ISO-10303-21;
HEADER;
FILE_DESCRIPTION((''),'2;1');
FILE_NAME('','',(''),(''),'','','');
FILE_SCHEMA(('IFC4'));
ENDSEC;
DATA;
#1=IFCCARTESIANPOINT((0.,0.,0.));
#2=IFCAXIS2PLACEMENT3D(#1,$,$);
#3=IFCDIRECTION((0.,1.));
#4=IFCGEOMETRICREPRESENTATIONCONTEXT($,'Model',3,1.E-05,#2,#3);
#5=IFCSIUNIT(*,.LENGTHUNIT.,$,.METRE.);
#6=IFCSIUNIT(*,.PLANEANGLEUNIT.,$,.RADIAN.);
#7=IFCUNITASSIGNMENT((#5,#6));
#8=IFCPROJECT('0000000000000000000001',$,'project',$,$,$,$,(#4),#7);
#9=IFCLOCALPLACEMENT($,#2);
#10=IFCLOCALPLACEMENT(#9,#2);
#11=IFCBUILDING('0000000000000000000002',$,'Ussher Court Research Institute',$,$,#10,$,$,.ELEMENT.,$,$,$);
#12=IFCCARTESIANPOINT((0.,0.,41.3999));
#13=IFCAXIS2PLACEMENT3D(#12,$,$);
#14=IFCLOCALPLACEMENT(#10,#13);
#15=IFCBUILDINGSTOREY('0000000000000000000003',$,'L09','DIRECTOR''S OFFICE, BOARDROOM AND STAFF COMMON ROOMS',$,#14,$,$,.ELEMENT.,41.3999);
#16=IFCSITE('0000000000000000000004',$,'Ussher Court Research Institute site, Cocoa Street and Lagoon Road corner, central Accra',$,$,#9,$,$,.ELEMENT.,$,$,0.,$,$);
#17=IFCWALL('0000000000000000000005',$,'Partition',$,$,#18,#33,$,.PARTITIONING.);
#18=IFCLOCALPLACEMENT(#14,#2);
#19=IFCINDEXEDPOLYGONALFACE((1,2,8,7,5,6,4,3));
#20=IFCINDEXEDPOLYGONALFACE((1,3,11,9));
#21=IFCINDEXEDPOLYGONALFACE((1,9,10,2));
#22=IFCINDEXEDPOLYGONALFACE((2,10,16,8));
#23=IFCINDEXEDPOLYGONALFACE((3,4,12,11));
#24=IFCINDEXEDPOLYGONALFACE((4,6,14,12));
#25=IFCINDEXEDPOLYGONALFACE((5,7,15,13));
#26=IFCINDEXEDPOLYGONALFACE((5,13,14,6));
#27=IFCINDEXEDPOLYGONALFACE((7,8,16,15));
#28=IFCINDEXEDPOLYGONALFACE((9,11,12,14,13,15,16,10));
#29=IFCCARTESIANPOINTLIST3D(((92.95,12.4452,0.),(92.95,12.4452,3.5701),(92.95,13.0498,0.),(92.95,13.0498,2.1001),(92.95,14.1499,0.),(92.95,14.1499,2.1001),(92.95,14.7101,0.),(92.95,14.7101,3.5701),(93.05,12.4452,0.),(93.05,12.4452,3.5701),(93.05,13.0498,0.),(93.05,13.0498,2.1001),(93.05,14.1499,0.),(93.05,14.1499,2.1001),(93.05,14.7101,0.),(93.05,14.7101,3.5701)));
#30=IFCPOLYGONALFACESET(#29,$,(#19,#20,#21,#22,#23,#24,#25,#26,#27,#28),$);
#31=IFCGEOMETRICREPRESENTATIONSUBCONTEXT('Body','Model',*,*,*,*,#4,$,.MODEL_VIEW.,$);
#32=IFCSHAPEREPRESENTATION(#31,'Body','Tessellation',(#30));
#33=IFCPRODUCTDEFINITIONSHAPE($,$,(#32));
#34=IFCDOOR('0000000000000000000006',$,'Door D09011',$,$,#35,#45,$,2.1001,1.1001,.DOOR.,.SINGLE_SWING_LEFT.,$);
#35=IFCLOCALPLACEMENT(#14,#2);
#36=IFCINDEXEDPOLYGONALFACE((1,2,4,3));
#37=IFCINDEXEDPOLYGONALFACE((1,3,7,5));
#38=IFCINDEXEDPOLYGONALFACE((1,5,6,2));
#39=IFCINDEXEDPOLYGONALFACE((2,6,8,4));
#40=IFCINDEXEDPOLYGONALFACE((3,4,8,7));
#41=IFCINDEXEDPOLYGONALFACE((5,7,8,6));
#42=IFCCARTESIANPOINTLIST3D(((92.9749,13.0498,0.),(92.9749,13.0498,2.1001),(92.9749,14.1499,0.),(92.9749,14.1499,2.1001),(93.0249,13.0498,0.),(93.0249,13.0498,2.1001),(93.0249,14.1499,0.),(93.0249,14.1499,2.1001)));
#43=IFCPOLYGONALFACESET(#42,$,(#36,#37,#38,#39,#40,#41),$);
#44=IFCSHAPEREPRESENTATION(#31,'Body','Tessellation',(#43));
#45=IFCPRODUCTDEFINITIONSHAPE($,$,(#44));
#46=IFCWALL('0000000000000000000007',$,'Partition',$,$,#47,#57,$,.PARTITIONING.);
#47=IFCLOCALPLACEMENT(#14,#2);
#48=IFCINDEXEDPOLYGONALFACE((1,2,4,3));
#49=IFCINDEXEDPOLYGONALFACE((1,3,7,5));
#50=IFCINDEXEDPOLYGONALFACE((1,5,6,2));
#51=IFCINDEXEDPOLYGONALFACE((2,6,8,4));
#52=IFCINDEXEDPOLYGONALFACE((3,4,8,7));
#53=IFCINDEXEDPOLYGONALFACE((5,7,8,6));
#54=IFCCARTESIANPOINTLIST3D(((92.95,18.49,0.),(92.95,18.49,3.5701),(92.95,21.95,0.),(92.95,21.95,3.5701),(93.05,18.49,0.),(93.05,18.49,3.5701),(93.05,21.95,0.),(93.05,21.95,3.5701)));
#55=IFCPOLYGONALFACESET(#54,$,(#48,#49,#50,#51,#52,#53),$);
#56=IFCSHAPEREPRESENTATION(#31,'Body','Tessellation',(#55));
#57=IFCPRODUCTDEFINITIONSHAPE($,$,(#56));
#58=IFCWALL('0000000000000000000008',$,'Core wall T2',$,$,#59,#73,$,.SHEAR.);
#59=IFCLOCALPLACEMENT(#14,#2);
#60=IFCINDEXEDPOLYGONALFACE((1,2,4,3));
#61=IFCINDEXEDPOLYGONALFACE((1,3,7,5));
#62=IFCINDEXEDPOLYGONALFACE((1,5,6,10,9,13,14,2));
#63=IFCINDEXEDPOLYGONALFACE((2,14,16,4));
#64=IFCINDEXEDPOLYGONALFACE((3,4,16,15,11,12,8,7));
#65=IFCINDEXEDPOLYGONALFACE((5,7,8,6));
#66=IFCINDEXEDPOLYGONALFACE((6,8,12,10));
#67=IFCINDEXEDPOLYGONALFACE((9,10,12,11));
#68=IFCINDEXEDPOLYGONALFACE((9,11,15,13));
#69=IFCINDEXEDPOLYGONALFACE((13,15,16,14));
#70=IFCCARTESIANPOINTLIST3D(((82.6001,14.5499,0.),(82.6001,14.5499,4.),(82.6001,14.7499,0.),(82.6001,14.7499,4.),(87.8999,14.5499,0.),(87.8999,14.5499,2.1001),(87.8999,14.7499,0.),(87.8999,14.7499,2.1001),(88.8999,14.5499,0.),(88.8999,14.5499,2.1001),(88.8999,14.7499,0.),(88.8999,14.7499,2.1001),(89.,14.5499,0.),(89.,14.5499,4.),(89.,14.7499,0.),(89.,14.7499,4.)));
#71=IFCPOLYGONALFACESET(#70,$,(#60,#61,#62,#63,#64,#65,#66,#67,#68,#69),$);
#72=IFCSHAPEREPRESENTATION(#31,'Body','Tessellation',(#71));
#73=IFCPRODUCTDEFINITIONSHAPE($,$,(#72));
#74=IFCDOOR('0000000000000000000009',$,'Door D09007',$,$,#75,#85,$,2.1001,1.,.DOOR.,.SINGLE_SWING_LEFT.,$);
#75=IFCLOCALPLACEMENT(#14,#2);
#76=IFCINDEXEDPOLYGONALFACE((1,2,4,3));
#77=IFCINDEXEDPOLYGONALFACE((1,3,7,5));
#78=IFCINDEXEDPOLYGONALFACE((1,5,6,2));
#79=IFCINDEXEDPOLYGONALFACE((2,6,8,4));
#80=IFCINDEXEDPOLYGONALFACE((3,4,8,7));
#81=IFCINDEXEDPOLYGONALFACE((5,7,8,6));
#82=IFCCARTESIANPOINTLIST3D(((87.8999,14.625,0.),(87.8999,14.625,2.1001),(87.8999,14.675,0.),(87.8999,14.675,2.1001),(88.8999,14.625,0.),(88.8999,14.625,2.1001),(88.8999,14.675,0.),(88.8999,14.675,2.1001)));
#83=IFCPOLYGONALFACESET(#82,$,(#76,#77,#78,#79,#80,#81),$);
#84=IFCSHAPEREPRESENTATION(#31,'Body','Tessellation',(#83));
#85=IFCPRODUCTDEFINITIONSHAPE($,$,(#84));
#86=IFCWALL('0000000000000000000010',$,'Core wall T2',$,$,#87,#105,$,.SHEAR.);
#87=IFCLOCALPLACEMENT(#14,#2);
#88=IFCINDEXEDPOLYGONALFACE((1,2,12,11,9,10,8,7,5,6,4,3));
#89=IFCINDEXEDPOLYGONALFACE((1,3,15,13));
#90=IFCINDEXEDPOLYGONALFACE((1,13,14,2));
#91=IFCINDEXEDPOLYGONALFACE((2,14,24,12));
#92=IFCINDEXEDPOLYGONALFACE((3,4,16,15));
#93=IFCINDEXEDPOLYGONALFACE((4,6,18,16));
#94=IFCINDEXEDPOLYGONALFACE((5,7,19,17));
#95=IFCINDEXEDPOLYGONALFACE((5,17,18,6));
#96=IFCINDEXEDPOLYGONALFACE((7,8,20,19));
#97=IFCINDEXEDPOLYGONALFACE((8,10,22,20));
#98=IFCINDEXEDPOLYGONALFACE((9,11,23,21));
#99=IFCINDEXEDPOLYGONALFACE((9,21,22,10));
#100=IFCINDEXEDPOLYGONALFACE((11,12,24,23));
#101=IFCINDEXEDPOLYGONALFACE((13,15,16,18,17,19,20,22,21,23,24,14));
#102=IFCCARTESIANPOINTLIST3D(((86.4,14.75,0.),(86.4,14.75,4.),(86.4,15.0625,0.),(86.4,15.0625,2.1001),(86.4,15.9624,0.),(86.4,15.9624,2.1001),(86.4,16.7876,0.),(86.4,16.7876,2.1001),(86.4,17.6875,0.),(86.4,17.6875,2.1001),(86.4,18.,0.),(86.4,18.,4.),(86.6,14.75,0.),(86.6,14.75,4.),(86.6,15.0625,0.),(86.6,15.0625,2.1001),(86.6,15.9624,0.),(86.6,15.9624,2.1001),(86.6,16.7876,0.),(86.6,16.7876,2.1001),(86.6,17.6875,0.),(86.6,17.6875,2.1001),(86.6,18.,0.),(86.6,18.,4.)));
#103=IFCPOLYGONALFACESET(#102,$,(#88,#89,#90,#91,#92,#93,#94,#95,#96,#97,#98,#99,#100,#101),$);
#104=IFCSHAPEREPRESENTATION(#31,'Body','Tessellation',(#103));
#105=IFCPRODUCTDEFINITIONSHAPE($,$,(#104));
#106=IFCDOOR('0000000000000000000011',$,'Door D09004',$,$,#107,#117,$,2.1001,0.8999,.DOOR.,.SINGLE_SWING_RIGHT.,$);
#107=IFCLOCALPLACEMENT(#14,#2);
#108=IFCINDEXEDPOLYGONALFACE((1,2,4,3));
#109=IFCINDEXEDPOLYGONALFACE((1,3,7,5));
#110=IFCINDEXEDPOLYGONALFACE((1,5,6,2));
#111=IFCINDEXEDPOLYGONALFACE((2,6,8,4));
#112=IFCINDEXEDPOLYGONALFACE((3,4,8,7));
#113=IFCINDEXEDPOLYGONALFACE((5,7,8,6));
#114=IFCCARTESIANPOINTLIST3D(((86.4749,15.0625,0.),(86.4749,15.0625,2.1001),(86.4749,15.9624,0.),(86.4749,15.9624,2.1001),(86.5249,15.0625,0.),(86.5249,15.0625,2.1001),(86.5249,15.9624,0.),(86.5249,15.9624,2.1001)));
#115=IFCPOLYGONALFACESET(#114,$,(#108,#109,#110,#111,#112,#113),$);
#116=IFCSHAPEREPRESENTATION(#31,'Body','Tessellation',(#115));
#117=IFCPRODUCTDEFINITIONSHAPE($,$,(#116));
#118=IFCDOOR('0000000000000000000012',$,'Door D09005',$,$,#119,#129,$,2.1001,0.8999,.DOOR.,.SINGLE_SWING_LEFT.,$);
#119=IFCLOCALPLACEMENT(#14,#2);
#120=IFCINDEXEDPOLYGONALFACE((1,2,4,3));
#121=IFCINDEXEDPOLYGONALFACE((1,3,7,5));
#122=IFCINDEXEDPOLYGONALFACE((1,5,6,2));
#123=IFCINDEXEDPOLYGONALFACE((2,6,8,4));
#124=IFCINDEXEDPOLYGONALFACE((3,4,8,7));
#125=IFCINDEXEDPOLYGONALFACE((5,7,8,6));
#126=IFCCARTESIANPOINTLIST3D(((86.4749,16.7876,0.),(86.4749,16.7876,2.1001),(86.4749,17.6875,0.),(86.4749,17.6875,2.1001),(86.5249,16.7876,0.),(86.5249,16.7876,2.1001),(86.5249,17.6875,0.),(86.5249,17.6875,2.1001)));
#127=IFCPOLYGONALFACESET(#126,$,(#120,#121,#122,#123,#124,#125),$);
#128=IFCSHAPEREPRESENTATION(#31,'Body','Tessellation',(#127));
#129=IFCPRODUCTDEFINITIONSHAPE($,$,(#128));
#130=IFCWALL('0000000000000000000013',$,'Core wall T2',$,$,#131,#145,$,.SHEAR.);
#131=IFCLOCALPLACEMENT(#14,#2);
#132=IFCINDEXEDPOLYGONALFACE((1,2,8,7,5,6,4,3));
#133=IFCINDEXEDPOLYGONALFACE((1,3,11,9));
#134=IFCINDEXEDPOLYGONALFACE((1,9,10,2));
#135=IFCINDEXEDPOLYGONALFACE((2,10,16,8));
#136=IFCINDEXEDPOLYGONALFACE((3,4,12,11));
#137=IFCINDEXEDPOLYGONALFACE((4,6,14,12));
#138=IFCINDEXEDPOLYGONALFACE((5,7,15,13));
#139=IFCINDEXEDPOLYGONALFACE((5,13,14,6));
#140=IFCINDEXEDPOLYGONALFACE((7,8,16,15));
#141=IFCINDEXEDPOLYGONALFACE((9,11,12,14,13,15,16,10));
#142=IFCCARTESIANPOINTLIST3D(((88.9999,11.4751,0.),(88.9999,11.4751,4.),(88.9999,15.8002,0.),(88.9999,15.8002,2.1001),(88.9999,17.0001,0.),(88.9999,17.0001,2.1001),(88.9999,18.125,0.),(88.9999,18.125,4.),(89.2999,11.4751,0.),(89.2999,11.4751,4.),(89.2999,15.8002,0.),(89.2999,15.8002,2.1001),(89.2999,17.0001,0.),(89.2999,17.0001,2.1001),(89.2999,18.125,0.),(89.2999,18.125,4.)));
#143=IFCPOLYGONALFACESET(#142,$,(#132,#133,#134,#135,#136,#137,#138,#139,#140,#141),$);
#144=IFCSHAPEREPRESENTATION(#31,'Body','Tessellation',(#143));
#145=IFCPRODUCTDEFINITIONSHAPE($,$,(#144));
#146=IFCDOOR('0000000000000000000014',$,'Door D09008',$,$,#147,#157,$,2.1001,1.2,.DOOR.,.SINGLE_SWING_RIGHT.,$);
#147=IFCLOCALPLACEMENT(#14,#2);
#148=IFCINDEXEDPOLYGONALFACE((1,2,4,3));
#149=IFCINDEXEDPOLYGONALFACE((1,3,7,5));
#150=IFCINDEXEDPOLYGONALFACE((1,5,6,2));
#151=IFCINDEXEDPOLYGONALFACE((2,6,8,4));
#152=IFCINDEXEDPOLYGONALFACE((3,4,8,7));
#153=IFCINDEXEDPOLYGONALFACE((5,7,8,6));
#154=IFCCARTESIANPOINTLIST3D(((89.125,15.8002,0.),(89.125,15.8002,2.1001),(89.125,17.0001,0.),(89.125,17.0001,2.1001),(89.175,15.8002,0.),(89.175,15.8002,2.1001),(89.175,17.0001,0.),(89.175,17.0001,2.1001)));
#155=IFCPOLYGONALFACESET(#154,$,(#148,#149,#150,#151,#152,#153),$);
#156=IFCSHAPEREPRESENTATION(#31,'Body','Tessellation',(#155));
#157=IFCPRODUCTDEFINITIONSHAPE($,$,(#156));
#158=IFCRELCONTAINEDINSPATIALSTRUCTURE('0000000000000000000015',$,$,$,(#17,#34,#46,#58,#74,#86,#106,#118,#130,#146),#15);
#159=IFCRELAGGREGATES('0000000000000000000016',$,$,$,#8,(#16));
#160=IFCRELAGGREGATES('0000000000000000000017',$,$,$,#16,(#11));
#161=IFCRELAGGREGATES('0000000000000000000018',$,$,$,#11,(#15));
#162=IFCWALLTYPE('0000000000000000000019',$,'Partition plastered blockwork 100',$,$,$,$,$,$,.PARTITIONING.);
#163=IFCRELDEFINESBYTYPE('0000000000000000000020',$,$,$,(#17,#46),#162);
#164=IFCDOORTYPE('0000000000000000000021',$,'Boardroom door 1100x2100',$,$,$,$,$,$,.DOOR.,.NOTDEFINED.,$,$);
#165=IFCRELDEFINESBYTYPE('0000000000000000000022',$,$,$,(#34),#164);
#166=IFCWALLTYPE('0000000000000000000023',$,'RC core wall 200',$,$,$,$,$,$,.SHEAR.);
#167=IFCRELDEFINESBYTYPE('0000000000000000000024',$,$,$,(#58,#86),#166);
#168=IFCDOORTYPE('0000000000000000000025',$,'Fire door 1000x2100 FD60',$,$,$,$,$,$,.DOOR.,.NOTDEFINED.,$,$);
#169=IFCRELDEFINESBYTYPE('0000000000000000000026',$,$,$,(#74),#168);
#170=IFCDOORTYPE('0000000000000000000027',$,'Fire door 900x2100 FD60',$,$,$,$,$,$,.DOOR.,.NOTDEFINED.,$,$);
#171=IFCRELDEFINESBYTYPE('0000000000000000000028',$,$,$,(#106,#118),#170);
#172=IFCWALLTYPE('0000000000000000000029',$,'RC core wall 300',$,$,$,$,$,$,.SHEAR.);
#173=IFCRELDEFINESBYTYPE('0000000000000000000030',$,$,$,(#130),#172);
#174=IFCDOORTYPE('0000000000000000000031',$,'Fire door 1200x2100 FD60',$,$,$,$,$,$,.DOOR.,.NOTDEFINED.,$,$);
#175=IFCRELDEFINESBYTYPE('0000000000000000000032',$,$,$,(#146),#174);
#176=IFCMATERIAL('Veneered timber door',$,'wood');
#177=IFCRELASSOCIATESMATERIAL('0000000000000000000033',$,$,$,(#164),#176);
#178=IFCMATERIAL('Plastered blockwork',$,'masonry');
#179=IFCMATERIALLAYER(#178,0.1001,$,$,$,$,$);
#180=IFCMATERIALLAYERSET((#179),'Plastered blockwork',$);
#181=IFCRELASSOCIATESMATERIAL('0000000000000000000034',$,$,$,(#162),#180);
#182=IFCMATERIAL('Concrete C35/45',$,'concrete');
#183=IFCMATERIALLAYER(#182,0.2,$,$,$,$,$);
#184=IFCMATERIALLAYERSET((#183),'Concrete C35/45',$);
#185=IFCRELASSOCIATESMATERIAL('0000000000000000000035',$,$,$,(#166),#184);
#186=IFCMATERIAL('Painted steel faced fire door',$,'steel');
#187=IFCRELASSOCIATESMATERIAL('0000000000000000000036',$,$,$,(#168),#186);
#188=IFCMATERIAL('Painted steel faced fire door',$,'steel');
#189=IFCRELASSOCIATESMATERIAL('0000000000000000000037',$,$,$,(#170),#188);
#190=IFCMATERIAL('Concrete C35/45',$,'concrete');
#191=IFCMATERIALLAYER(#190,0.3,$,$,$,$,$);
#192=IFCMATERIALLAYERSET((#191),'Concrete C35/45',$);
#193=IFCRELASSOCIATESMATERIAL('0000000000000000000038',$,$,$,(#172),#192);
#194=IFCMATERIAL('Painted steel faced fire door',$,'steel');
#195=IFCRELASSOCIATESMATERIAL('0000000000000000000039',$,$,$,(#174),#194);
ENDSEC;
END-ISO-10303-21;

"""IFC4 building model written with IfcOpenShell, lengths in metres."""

from ifc_helpers import new_model, si_unit, direction, frame, frame_2d, origin, place, context, subcontext, project, spatial, rectangle, extrude, material, layer, layer_set, type_object, element, fill, save


model = new_model("IFC4")

# Units and contexts
model_context = context("Model", 3, precision=1e-05, world=origin(), true_north=direction((0.0, 1.0)))
body_context = subcontext(model_context, "Body", "Model", "MODEL_VIEW")
ifc_project = project(units=[si_unit("LENGTHUNIT", "METRE"), si_unit("PLANEANGLEUNIT", "RADIAN")], contexts=[model_context])

# Site, building, storey
site_placement = place(None, origin())
site = spatial("IfcSite", under=ifc_project, at=site_placement, Name="Ussher Court Research Institute site, Cocoa Street and Lagoon Road corner, central Accra", CompositionType="ELEMENT", RefElevation=0.0)
building_placement = place(site_placement, origin())
building = spatial("IfcBuilding", under=site, at=building_placement, Name="Ussher Court Research Institute", CompositionType="ELEMENT")
storey_placement = place(building_placement, frame((0.0, 0.0, 41.3999)))
storey = spatial("IfcBuildingStorey", under=building, at=storey_placement, Name="L09", Description="DIRECTOR'S OFFICE, BOARDROOM AND STAFF COMMON ROOMS", CompositionType="ELEMENT", Elevation=41.3999)

# Shared definitions
ifc_material_1 = material(Name="Veneered timber door", Category="wood")
door_type_1 = type_object("IfcDoorType", Name="Boardroom door 1100x2100", OperationType="NOTDEFINED", PredefinedType="DOOR", material=ifc_material_1)

# Shared definitions
ifc_material_2 = material(Name="Plastered blockwork", Category="masonry")
ifc_layer_1 = layer(ifc_material_2, 0.1001)
ifc_layer_set_1 = layer_set([ifc_layer_1], Name="Plastered blockwork")
wall_type_1 = type_object("IfcWallType", Name="Partition plastered blockwork 100", PredefinedType="PARTITIONING", material=ifc_layer_set_1)

# Wall, opening, door
wall_1_placement = place(storey_placement, frame((93.0, 14.71, 0.0), z_axis=(0.0, 0.0, 1.0), x_axis=(0.0, -1.0, 0.0)))
wall_1 = element("IfcWall", 1, at=wall_1_placement, inside=storey, type_object=wall_type_1, Name="Partition", PredefinedType="PARTITIONING", context=body_context, shape_type="SweptSolid", body=[
    extrude(rectangle(XDim=2.2649, YDim=0.1001, at=frame_2d((1.1323, 0.0))), origin(), (0.0, 0.0, 1.0), 3.5701),
])
opening_1_placement = place(wall_1_placement, frame((0.5601, 0.0, 0.0)))
opening_1 = element("IfcOpeningElement", 2, at=opening_1_placement, cuts=wall_1, PredefinedType="OPENING", context=body_context, shape_type="SweptSolid", body=[
    extrude(rectangle(XDim=1.1001, YDim=2.1001, at=frame_2d((0.55, 1.05))), frame((0.0, 0.0601, 0.0), z_axis=(0.0, -1.0, 0.0), x_axis=(1.0, 0.0, 0.0)), (0.0, 0.0, 1.0), 0.1201),
])
door_1_placement = place(opening_1_placement, origin())
door_1 = element("IfcDoor", 3, at=door_1_placement, inside=storey, type_object=door_type_1, Name="Door D09011", OperationType="SINGLE_SWING_LEFT", OverallHeight=2.1001, OverallWidth=1.1001, PredefinedType="DOOR", context=body_context, shape_type="SweptSolid", body=[
    extrude(rectangle(XDim=1.1001, YDim=2.1001, at=frame_2d((0.55, 1.05))), frame((0.0, 0.0249, 0.0), z_axis=(0.0, -1.0, 0.0), x_axis=(1.0, 0.0, 0.0)), (0.0, 0.0, 1.0), 0.05),
])
fill(opening_1, door_1)

# Wall
wall_2_placement = place(storey_placement, frame((93.0, 18.49, 0.0), z_axis=(0.0, 0.0, 1.0), x_axis=(0.0, 1.0, 0.0)))
element("IfcWall", 4, at=wall_2_placement, inside=storey, type_object=wall_type_1, Name="Partition", PredefinedType="PARTITIONING", context=body_context, shape_type="SweptSolid", body=[
    extrude(rectangle(XDim=3.46, YDim=0.1001, at=frame_2d((1.73, 0.0))), origin(), (0.0, 0.0, 1.0), 3.5701),
])

# Wall, opening, door
ifc_material_3 = material(Name="Concrete C35/45", Category="concrete")
ifc_layer_2 = layer(ifc_material_3, 0.2)
ifc_layer_set_2 = layer_set([ifc_layer_2], Name="Concrete C35/45")
wall_type_2 = type_object("IfcWallType", Name="RC core wall 200", PredefinedType="SHEAR", material=ifc_layer_set_2)
wall_3_placement = place(storey_placement, frame((89.0, 14.6499, 0.0), z_axis=(0.0, 0.0, 1.0), x_axis=(-1.0, 0.0, 0.0)))
wall_3 = element("IfcWall", 5, at=wall_3_placement, inside=storey, type_object=wall_type_2, Name="Core wall T2", PredefinedType="SHEAR", context=body_context, shape_type="SweptSolid", body=[
    extrude(rectangle(XDim=6.3999, YDim=0.2, at=frame_2d((3.2, 0.0))), origin(), (0.0, 0.0, 1.0), 4.0),
])
opening_2_placement = place(wall_3_placement, frame((0.1001, 0.0, 0.0)))
opening_2 = element("IfcOpeningElement", 6, at=opening_2_placement, cuts=wall_3, PredefinedType="OPENING", context=body_context, shape_type="SweptSolid", body=[
    extrude(rectangle(XDim=1.0, YDim=2.1001, at=frame_2d((0.5, 1.05))), frame((0.0, 0.1099, 0.0), z_axis=(0.0, -1.0, 0.0), x_axis=(1.0, 0.0, 0.0)), (0.0, 0.0, 1.0), 0.22),
])
ifc_material_4 = material(Name="Painted steel faced fire door", Category="steel")
door_type_2 = type_object("IfcDoorType", Name="Fire door 1000x2100 FD60", OperationType="NOTDEFINED", PredefinedType="DOOR", material=ifc_material_4)
door_2_placement = place(opening_2_placement, origin())
door_2 = element("IfcDoor", 7, at=door_2_placement, inside=storey, type_object=door_type_2, Name="Door D09007", OperationType="SINGLE_SWING_LEFT", OverallHeight=2.1001, OverallWidth=1.0, PredefinedType="DOOR", context=body_context, shape_type="SweptSolid", body=[
    extrude(rectangle(XDim=1.0, YDim=2.1001, at=frame_2d((0.5, 1.05))), frame((0.0, 0.0249, 0.0), z_axis=(0.0, -1.0, 0.0), x_axis=(1.0, 0.0, 0.0)), (0.0, 0.0, 1.0), 0.05),
])
fill(opening_2, door_2)

# Wall, openings, doors
wall_4_placement = place(storey_placement, frame((86.5, 18.0, 0.0), z_axis=(0.0, 0.0, 1.0), x_axis=(0.0, -1.0, 0.0)))
wall_4 = element("IfcWall", 8, at=wall_4_placement, inside=storey, type_object=wall_type_2, Name="Core wall T2", PredefinedType="SHEAR", context=body_context, shape_type="SweptSolid", body=[
    extrude(rectangle(XDim=3.25, YDim=0.2, at=frame_2d((1.625, 0.0))), origin(), (0.0, 0.0, 1.0), 4.0),
])
opening_3_placement = place(wall_4_placement, frame((2.0376, 0.0, 0.0)))
opening_3 = element("IfcOpeningElement", 9, at=opening_3_placement, cuts=wall_4, PredefinedType="OPENING", context=body_context, shape_type="SweptSolid", body=[
    extrude(rectangle(XDim=0.8999, YDim=2.1001, at=frame_2d((0.45, 1.05))), frame((0.0, 0.1099, 0.0), z_axis=(0.0, -1.0, 0.0), x_axis=(1.0, 0.0, 0.0)), (0.0, 0.0, 1.0), 0.22),
])
opening_4_placement = place(wall_4_placement, frame((0.3125, 0.0, 0.0)))
opening_4 = element("IfcOpeningElement", 10, at=opening_4_placement, cuts=wall_4, PredefinedType="OPENING", context=body_context, shape_type="SweptSolid", body=[
    extrude(rectangle(XDim=0.8999, YDim=2.1001, at=frame_2d((0.45, 1.05))), frame((0.0, 0.1099, 0.0), z_axis=(0.0, -1.0, 0.0), x_axis=(1.0, 0.0, 0.0)), (0.0, 0.0, 1.0), 0.22),
])
ifc_material_5 = material(Name="Painted steel faced fire door", Category="steel")
door_type_3 = type_object("IfcDoorType", Name="Fire door 900x2100 FD60", OperationType="NOTDEFINED", PredefinedType="DOOR", material=ifc_material_5)
door_3_placement = place(opening_3_placement, origin())
door_3 = element("IfcDoor", 11, at=door_3_placement, inside=storey, type_object=door_type_3, Name="Door D09004", OperationType="SINGLE_SWING_RIGHT", OverallHeight=2.1001, OverallWidth=0.8999, PredefinedType="DOOR", context=body_context, shape_type="SweptSolid", body=[
    extrude(rectangle(XDim=0.8999, YDim=2.1001, at=frame_2d((0.45, 1.05))), frame((0.0, 0.0249, 0.0), z_axis=(0.0, -1.0, 0.0), x_axis=(1.0, 0.0, 0.0)), (0.0, 0.0, 1.0), 0.05),
])
fill(opening_3, door_3)
door_4_placement = place(opening_4_placement, origin())
door_4 = element("IfcDoor", 12, at=door_4_placement, inside=storey, type_object=door_type_3, Name="Door D09005", OperationType="SINGLE_SWING_LEFT", OverallHeight=2.1001, OverallWidth=0.8999, PredefinedType="DOOR", context=body_context, shape_type="SweptSolid", body=[
    extrude(rectangle(XDim=0.8999, YDim=2.1001, at=frame_2d((0.45, 1.05))), frame((0.0, 0.0249, 0.0), z_axis=(0.0, -1.0, 0.0), x_axis=(1.0, 0.0, 0.0)), (0.0, 0.0, 1.0), 0.05),
])
fill(opening_4, door_4)

# Wall, opening, door
ifc_material_6 = material(Name="Concrete C35/45", Category="concrete")
ifc_layer_3 = layer(ifc_material_6, 0.3)
ifc_layer_set_3 = layer_set([ifc_layer_3], Name="Concrete C35/45")
wall_type_3 = type_object("IfcWallType", Name="RC core wall 300", PredefinedType="SHEAR", material=ifc_layer_set_3)
wall_5_placement = place(storey_placement, frame((89.1499, 11.4751, 0.0), z_axis=(0.0, 0.0, 1.0), x_axis=(0.0, 1.0, 0.0)))
wall_5 = element("IfcWall", 13, at=wall_5_placement, inside=storey, type_object=wall_type_3, Name="Core wall T2", PredefinedType="SHEAR", context=body_context, shape_type="SweptSolid", body=[
    extrude(rectangle(XDim=6.6499, YDim=0.3, at=frame_2d((3.325, 0.0))), origin(), (0.0, 0.0, 1.0), 4.0),
])
opening_5_placement = place(wall_5_placement, frame((4.325, 0.0, 0.0)))
opening_5 = element("IfcOpeningElement", 14, at=opening_5_placement, cuts=wall_5, PredefinedType="OPENING", context=body_context, shape_type="SweptSolid", body=[
    extrude(rectangle(XDim=1.2, YDim=2.1001, at=frame_2d((0.6001, 1.05))), frame((0.0, 0.1602, 0.0), z_axis=(0.0, -1.0, 0.0), x_axis=(1.0, 0.0, 0.0)), (0.0, 0.0, 1.0), 0.3201),
])
ifc_material_7 = material(Name="Painted steel faced fire door", Category="steel")
door_type_4 = type_object("IfcDoorType", Name="Fire door 1200x2100 FD60", OperationType="NOTDEFINED", PredefinedType="DOOR", material=ifc_material_7)
door_5_placement = place(opening_5_placement, origin())
door_5 = element("IfcDoor", 15, at=door_5_placement, inside=storey, type_object=door_type_4, Name="Door D09008", OperationType="SINGLE_SWING_RIGHT", OverallHeight=2.1001, OverallWidth=1.2, PredefinedType="DOOR", context=body_context, shape_type="SweptSolid", body=[
    extrude(rectangle(XDim=1.2, YDim=2.1001, at=frame_2d((0.6001, 1.05))), frame((0.0, 0.0249, 0.0), z_axis=(0.0, -1.0, 0.0), x_axis=(1.0, 0.0, 0.0)), (0.0, 0.0, 1.0), 0.05),
])
fill(opening_5, door_5)

save(model, "model.ifc")
